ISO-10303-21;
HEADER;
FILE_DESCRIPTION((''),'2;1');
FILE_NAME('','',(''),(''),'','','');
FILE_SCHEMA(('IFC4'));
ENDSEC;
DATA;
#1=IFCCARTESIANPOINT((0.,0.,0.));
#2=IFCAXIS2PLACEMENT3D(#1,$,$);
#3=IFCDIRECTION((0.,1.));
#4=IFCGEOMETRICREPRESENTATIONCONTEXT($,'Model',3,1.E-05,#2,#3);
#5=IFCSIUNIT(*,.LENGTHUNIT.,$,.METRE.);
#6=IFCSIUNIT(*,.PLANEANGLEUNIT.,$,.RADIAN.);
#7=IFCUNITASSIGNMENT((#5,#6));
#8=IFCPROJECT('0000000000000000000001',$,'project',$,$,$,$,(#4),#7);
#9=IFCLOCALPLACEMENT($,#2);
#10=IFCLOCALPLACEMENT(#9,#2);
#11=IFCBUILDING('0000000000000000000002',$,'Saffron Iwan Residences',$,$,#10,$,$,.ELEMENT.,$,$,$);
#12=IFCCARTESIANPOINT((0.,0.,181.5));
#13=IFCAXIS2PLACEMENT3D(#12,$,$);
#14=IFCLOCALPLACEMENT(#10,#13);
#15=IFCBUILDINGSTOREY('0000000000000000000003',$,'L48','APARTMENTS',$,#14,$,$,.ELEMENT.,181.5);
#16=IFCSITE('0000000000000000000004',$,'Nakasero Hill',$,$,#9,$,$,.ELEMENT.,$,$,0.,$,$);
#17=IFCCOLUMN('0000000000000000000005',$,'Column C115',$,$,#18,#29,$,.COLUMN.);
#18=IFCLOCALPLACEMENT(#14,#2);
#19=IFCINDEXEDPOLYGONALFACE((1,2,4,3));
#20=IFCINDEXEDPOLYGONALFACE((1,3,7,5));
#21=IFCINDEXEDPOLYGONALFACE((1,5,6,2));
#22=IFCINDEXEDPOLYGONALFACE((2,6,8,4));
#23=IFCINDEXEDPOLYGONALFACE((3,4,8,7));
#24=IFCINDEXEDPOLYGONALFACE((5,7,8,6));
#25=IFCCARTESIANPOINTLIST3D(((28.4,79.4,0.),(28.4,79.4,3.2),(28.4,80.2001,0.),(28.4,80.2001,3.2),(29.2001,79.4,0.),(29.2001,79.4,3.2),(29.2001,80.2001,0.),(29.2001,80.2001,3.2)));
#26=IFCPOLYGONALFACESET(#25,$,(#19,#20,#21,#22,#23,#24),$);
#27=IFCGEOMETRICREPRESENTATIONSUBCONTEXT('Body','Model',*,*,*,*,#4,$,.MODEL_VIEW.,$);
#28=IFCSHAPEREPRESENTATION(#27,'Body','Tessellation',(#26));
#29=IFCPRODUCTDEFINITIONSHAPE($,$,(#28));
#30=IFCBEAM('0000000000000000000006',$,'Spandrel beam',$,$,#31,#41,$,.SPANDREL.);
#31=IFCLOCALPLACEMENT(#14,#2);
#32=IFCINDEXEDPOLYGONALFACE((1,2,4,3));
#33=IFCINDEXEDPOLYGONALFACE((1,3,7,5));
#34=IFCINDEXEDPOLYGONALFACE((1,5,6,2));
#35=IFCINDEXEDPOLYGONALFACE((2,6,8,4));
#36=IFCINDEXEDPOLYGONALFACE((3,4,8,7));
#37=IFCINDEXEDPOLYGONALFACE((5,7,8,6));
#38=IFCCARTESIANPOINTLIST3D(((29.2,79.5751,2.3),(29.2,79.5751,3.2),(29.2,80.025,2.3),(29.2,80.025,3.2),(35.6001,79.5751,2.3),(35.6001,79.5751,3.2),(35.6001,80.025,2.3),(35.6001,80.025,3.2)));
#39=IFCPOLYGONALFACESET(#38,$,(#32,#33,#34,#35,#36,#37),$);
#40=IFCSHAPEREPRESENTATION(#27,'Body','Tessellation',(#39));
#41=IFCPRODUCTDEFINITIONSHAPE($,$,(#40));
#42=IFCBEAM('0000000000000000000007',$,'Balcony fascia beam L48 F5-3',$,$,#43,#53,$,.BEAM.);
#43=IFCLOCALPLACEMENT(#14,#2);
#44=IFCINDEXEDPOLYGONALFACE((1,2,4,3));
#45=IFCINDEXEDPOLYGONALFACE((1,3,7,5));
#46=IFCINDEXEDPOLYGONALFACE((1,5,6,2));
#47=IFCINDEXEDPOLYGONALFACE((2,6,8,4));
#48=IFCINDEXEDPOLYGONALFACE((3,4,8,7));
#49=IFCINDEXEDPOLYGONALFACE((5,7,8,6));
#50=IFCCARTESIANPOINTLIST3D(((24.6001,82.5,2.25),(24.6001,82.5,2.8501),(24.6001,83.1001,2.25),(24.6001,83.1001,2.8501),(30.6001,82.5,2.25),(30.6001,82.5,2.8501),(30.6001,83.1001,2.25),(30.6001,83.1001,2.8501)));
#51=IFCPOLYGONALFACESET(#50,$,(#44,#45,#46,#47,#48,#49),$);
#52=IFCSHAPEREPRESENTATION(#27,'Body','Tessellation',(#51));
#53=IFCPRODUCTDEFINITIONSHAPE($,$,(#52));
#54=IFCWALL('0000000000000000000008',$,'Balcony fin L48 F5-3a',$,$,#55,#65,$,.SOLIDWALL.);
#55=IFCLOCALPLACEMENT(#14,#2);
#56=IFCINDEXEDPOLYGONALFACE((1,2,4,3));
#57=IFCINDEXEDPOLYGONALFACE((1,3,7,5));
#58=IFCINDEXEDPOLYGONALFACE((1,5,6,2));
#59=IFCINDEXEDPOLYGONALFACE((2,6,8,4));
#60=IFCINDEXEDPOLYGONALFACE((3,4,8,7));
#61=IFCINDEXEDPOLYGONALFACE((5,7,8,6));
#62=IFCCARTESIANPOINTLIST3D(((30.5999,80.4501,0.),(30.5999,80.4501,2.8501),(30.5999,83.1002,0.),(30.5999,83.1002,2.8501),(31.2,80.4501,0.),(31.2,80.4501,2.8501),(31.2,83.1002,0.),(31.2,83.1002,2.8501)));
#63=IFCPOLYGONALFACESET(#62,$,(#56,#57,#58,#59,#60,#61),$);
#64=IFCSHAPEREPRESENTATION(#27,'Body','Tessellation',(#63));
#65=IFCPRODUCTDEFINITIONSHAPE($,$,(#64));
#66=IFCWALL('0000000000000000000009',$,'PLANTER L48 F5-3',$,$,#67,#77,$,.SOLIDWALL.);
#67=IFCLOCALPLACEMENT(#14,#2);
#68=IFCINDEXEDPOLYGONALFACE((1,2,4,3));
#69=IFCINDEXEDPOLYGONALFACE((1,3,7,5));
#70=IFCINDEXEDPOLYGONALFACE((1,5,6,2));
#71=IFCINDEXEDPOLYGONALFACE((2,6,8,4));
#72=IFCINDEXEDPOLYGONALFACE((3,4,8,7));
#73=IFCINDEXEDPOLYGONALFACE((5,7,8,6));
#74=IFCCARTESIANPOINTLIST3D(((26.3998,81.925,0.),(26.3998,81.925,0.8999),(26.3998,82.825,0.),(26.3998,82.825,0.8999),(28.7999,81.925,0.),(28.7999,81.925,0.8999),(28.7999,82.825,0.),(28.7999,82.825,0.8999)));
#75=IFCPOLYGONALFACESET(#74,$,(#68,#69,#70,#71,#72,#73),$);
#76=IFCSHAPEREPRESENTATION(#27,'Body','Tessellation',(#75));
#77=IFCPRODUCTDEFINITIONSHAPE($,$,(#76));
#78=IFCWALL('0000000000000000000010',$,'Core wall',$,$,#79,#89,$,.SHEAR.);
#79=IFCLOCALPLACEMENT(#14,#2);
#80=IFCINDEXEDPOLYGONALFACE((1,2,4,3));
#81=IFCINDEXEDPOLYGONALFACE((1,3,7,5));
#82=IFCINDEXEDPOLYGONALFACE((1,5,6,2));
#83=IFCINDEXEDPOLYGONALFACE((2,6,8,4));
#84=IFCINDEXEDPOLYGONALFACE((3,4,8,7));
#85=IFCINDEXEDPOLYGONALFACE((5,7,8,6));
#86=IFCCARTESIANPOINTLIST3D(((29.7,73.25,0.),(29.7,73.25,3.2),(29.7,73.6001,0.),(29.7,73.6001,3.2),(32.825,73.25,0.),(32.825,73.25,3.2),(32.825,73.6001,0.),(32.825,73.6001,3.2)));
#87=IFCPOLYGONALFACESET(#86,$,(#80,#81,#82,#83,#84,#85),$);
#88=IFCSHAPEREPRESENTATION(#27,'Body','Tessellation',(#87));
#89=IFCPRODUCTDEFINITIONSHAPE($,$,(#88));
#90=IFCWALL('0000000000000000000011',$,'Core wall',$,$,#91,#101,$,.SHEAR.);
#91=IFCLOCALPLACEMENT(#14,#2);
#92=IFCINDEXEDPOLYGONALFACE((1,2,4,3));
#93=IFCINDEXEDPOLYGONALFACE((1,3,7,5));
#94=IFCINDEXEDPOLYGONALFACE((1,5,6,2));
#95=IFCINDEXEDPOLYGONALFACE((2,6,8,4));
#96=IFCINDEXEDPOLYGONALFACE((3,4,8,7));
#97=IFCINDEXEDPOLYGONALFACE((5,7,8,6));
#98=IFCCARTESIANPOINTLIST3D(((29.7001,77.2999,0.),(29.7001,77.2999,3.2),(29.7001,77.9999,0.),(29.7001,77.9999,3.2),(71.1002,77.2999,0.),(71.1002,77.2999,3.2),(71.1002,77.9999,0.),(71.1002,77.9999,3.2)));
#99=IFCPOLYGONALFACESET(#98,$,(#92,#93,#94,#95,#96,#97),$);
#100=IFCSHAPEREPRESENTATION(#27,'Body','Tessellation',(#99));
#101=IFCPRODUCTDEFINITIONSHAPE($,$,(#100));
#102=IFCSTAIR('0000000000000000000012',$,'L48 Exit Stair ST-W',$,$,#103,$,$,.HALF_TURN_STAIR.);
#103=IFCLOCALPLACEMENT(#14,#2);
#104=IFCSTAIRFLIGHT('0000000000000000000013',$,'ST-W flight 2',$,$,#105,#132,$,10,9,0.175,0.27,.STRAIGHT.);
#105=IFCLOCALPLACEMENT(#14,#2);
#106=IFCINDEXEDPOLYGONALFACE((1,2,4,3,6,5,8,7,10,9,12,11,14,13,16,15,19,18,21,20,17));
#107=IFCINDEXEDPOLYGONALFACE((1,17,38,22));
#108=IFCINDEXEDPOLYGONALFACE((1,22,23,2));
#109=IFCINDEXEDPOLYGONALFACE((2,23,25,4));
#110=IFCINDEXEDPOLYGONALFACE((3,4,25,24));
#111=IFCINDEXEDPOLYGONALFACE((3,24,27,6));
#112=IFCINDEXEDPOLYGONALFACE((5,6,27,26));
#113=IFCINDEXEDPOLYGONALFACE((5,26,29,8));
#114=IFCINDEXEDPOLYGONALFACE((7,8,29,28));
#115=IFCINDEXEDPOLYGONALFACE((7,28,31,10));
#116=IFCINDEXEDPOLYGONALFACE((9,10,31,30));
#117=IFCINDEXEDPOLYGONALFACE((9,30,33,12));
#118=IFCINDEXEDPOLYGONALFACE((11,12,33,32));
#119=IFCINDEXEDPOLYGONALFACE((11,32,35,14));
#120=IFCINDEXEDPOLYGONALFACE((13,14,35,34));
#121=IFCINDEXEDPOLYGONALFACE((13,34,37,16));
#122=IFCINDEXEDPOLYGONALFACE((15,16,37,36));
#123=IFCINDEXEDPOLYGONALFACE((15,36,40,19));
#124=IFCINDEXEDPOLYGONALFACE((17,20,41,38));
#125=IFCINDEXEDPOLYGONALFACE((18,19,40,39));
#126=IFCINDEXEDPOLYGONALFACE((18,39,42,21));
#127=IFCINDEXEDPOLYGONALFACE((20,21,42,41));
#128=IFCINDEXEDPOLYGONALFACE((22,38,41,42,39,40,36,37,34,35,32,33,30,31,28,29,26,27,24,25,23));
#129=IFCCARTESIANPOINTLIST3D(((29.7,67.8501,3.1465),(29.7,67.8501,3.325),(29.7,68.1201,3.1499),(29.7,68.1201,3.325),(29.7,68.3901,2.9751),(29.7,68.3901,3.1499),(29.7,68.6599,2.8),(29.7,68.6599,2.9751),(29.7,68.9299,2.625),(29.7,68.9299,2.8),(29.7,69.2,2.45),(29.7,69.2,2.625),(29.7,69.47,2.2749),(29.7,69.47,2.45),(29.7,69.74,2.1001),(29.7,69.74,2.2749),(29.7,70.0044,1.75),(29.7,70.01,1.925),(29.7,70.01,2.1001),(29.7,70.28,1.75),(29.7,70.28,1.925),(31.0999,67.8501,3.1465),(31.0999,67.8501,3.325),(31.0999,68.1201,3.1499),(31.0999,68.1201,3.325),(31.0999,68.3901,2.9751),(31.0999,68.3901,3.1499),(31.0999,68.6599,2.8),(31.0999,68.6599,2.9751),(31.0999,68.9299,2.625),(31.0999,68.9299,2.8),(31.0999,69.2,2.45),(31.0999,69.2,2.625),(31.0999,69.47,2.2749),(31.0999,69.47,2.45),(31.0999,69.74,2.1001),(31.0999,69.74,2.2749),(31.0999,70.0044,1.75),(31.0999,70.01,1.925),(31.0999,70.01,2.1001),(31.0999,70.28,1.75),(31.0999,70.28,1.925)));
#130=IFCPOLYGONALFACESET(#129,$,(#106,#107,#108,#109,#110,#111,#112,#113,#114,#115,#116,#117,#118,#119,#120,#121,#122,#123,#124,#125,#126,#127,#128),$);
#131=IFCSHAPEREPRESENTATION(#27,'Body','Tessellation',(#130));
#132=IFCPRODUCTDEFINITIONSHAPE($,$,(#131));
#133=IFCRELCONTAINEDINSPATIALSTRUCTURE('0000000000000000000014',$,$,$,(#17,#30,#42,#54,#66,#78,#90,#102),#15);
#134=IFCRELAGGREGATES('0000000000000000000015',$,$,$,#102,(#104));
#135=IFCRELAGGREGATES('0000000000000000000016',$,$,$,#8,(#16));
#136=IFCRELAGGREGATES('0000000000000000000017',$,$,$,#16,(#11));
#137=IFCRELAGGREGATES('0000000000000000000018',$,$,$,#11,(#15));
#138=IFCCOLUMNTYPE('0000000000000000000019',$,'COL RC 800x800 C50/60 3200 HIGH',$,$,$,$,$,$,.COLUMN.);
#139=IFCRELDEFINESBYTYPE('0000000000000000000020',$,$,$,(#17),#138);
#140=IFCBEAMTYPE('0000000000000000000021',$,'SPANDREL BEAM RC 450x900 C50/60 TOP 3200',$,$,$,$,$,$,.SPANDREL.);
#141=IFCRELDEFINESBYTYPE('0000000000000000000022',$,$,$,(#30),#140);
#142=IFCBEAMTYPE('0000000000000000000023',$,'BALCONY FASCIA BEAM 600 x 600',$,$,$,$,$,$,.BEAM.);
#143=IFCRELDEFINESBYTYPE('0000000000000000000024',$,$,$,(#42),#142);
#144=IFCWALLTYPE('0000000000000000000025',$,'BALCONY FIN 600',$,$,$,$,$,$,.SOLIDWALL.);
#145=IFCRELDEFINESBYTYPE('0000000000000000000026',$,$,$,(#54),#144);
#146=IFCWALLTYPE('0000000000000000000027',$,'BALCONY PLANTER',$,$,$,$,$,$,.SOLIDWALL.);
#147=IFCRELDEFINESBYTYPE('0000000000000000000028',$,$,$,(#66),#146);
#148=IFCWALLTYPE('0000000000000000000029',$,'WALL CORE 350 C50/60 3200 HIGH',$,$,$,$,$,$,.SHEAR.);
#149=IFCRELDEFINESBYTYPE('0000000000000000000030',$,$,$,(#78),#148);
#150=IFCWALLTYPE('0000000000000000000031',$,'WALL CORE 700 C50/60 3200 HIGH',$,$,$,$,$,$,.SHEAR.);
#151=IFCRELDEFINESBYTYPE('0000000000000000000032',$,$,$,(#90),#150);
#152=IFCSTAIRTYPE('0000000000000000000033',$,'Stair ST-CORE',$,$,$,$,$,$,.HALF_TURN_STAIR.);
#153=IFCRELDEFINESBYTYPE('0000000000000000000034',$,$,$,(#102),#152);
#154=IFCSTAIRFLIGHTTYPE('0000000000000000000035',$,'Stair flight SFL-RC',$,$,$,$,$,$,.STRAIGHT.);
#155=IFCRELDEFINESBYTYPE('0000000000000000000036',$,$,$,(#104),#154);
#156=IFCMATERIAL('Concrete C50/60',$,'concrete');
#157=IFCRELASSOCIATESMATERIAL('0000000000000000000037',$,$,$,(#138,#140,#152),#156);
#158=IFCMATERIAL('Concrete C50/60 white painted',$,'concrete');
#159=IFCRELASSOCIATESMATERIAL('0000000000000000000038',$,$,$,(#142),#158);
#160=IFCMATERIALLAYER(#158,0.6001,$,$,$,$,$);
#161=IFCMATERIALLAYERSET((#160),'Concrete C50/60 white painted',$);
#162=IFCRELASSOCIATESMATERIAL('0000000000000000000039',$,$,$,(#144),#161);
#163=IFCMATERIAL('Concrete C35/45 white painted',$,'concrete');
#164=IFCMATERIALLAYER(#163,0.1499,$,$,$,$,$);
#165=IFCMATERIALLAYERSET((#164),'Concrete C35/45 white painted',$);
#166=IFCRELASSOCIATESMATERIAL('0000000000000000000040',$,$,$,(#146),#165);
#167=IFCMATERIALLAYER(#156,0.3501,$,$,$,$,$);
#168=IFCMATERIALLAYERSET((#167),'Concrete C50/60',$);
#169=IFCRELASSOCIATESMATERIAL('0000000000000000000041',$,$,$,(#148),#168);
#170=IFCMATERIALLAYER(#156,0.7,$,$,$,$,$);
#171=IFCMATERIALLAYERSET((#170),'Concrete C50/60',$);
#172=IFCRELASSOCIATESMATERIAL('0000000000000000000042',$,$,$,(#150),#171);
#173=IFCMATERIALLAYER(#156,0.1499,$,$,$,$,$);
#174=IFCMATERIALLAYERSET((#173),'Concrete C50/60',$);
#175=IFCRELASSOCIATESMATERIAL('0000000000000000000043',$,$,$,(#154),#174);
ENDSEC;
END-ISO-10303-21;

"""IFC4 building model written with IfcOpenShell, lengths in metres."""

from ifc_helpers import new_model, si_unit, direction, frame, frame_2d, origin, origin_2d, place, context, subcontext, project, spatial, polyline, rectangle, outline, extrude, source, transform, mapped, material, layer, layer_set, material_profile, profile_set, type_object, element, aggregate, save


model = new_model("IFC4")

# Units and contexts
model_context = context("Model", 3, precision=1e-05, world=origin(), true_north=direction((0.0, 1.0)))
body_context = subcontext(model_context, "Body", "Model", "MODEL_VIEW")
ifc_project = project(units=[si_unit("LENGTHUNIT", "METRE"), si_unit("PLANEANGLEUNIT", "RADIAN")], contexts=[model_context])

# Site, building, storey
site_placement = place(None, origin())
site = spatial("IfcSite", under=ifc_project, at=site_placement, Name="Nakasero Hill", CompositionType="ELEMENT", RefElevation=0.0)
building_placement = place(site_placement, origin())
building = spatial("IfcBuilding", under=site, at=building_placement, Name="Saffron Iwan Residences", CompositionType="ELEMENT")
storey_placement = place(building_placement, frame((0.0, 0.0, 181.5)))
storey = spatial("IfcBuildingStorey", under=building, at=storey_placement, Name="L48", Description="APARTMENTS", CompositionType="ELEMENT", Elevation=181.5)

# Column
ifc_material_1 = material(Name="Concrete C50/60", Category="concrete")
ifc_material_profile_1 = material_profile(ifc_material_1, rectangle(XDim=0.8, YDim=0.8, at=origin_2d()), Name="RC 800x800")
ifc_profile_set_1 = profile_set([ifc_material_profile_1], Name="Concrete C50/60")
column_type = type_object("IfcColumnType", Name="COL RC 800x800 C50/60 3200 HIGH", PredefinedType="COLUMN", material=ifc_profile_set_1)
shared_shape_1 = source(origin(), body_context, "Body", "SweptSolid", [
    extrude(rectangle(XDim=0.8, YDim=0.8, at=origin_2d()), origin(), (0.0, 0.0, 1.0), 3.2),
])
column_placement = place(storey_placement, frame((28.8, 79.8, 0.0), z_axis=(0.0, 0.0, 1.0), x_axis=(1.0, 0.0, 0.0)))
element("IfcColumn", 1, at=column_placement, inside=storey, type_object=column_type, Name="Column C115", PredefinedType="COLUMN", context=body_context, shape_type="MappedRepresentation", body=[
    mapped(shared_shape_1, transform((0.0, 0.0, 0.0))),
])

# Beams
ifc_material_profile_2 = material_profile(ifc_material_1, rectangle(XDim=0.45, YDim=0.8999, at=origin_2d()), Name="RC 450x900")
ifc_profile_set_2 = profile_set([ifc_material_profile_2], Name="Concrete C50/60")
beam_type_1 = type_object("IfcBeamType", Name="SPANDREL BEAM RC 450x900 C50/60 TOP 3200", PredefinedType="SPANDREL", material=ifc_profile_set_2)
shared_shape_2 = source(origin(), body_context, "Body", "SweptSolid", [
    extrude(rectangle(XDim=0.45, YDim=0.8999, at=origin_2d()), origin(), (0.0, 0.0, 1.0), 6.4001),
])
beam_1_placement = place(storey_placement, frame((29.2, 79.8, 2.75), z_axis=(1.0, 0.0, 0.0), x_axis=(0.0, 1.0, 0.0)))
element("IfcBeam", 2, at=beam_1_placement, inside=storey, type_object=beam_type_1, Name="Spandrel beam", PredefinedType="SPANDREL", context=body_context, shape_type="MappedRepresentation", body=[
    mapped(shared_shape_2, transform((0.0, 0.0, 0.0))),
])
ifc_material_2 = material(Name="Concrete C50/60 white painted", Category="concrete")
ifc_material_profile_3 = material_profile(ifc_material_2, rectangle(XDim=0.6001, YDim=0.6001, at=origin_2d()), Name="BALCONY FASCIA BEAM 600 x 600")
ifc_profile_set_3 = profile_set([ifc_material_profile_3], Name="Concrete C50/60 white painted")
beam_type_2 = type_object("IfcBeamType", Name="BALCONY FASCIA BEAM 600 x 600", PredefinedType="BEAM", material=ifc_profile_set_3)
shared_shape_3 = source(origin(), body_context, "Body", "SweptSolid", [
    extrude(rectangle(XDim=0.6001, YDim=0.6001, at=origin_2d()), origin(), (0.0, 0.0, 1.0), 6.0),
])
beam_2_placement = place(storey_placement, frame((30.6001, 82.8, 2.55), z_axis=(-1.0, 0.0, 0.0), x_axis=(0.0, -1.0, 0.0)))
element("IfcBeam", 3, at=beam_2_placement, inside=storey, type_object=beam_type_2, Name="Balcony fascia beam L48 F5-3", PredefinedType="BEAM", context=body_context, shape_type="MappedRepresentation", body=[
    mapped(shared_shape_3, transform((0.0, 0.0, 0.0))),
])

# Walls
ifc_layer_1 = layer(ifc_material_2, 0.6001)
ifc_layer_set_1 = layer_set([ifc_layer_1], Name="Concrete C50/60 white painted")
wall_type_1 = type_object("IfcWallType", Name="BALCONY FIN 600", PredefinedType="SOLIDWALL", material=ifc_layer_set_1)
wall_1_placement = place(storey_placement, frame((30.8999, 80.45, 0.0), z_axis=(0.0, 0.0, 1.0), x_axis=(0.0, 1.0, 0.0)))
element("IfcWall", 4, at=wall_1_placement, inside=storey, type_object=wall_type_1, Name="Balcony fin L48 F5-3a", PredefinedType="SOLIDWALL", context=body_context, shape_type="SweptSolid", body=[
    extrude(rectangle(XDim=2.6501, YDim=0.6001, at=frame_2d((1.3252, 0.0))), origin(), (0.0, 0.0, 1.0), 2.8501),
])
ifc_material_3 = material(Name="Concrete C35/45 white painted", Category="concrete")
ifc_layer_2 = layer(ifc_material_3, 0.1499)
ifc_layer_set_2 = layer_set([ifc_layer_2], Name="Concrete C35/45 white painted")
wall_type_2 = type_object("IfcWallType", Name="BALCONY PLANTER", PredefinedType="SOLIDWALL", material=ifc_layer_set_2)
wall_2_placement = place(storey_placement, frame((28.8, 82.375, 0.0), z_axis=(0.0, 0.0, 1.0), x_axis=(-1.0, 0.0, 0.0)))
element("IfcWall", 5, at=wall_2_placement, inside=storey, type_object=wall_type_2, Name="PLANTER L48 F5-3", PredefinedType="SOLIDWALL", context=body_context, shape_type="SweptSolid", body=[
    extrude(rectangle(XDim=2.4001, YDim=0.8999, at=frame_2d((1.2002, 0.0))), origin(), (0.0, 0.0, 1.0), 0.8999),
])

# Shared definitions
ifc_layer_3 = layer(ifc_material_1, 0.3501)
ifc_layer_set_3 = layer_set([ifc_layer_3], Name="Concrete C50/60")
wall_type_3 = type_object("IfcWallType", Name="WALL CORE 350 C50/60 3200 HIGH", PredefinedType="SHEAR", material=ifc_layer_set_3)

# Walls
wall_3_placement = place(storey_placement, frame((29.7, 73.425, 0.0), z_axis=(0.0, 0.0, 1.0), x_axis=(1.0, 0.0, 0.0)))
element("IfcWall", 6, at=wall_3_placement, inside=storey, type_object=wall_type_3, Name="Core wall", PredefinedType="SHEAR", context=body_context, shape_type="SweptSolid", body=[
    extrude(rectangle(XDim=3.125, YDim=0.3501, at=frame_2d((1.5625, 0.0))), origin(), (0.0, 0.0, 1.0), 3.2),
])
ifc_layer_4 = layer(ifc_material_1, 0.7)
ifc_layer_set_4 = layer_set([ifc_layer_4], Name="Concrete C50/60")
wall_type_4 = type_object("IfcWallType", Name="WALL CORE 700 C50/60 3200 HIGH", PredefinedType="SHEAR", material=ifc_layer_set_4)
wall_4_placement = place(storey_placement, frame((29.7, 77.6499, 0.0), z_axis=(0.0, 0.0, 1.0), x_axis=(1.0, 0.0, 0.0)))
element("IfcWall", 7, at=wall_4_placement, inside=storey, type_object=wall_type_4, Name="Core wall", PredefinedType="SHEAR", context=body_context, shape_type="SweptSolid", body=[
    extrude(rectangle(XDim=41.4001, YDim=0.7, at=frame_2d((20.7002, 0.0))), origin(), (0.0, 0.0, 1.0), 3.2),
])

# Stair, stair flight
stair_type = type_object("IfcStairType", Name="Stair ST-CORE", PredefinedType="HALF_TURN_STAIR", material=ifc_material_1)
stair_placement = place(storey_placement, origin())
stair = element("IfcStair", 8, at=stair_placement, inside=storey, type_object=stair_type, Name="L48 Exit Stair ST-W", PredefinedType="HALF_TURN_STAIR")
ifc_layer_5 = layer(ifc_material_1, 0.1499)
ifc_layer_set_5 = layer_set([ifc_layer_5], Name="Concrete C50/60")
stair_flight_type = type_object("IfcStairFlightType", Name="Stair flight SFL-RC", PredefinedType="STRAIGHT", material=ifc_layer_set_5)
stair_flight_placement = place(storey_placement, frame((30.3999, 70.28, 1.75), z_axis=(0.0, 0.0, 1.0), x_axis=(0.0, -1.0, 0.0)))
stair_flight = element("IfcStairFlight", 9, at=stair_flight_placement, type_object=stair_flight_type, Name="ST-W flight 2", NumberOfRisers=10, NumberOfTreads=9, PredefinedType="STRAIGHT", RiserHeight=0.175, TreadLength=0.27, context=body_context, shape_type="SweptSolid", body=[
    extrude(outline(polyline([(0.0, 0.0), (0.0, 0.175), (0.27, 0.175), (0.27, 0.3501), (0.54, 0.3501), (0.54, 0.5249), (0.8101, 0.5249), (0.8101, 0.7), (1.0801, 0.7), (1.0801, 0.875), (1.3501, 0.875), (1.3501, 1.05), (1.6201, 1.05), (1.6201, 1.2251), (1.8899, 1.2251), (1.8899, 1.3999), (2.1599, 1.3999), (2.1599, 1.575), (2.4299, 1.575), (2.4299, 1.75), (2.4299, 1.3965), (0.2756, 0.0), (0.0, 0.0)])), frame((0.0, 0.7, 0.0), z_axis=(0.0, -1.0, 0.0), x_axis=(1.0, 0.0, 0.0)), (0.0, 0.0, 1.0), 1.3999),
])
aggregate(stair, [stair_flight])

save(model, "model.ifc")
